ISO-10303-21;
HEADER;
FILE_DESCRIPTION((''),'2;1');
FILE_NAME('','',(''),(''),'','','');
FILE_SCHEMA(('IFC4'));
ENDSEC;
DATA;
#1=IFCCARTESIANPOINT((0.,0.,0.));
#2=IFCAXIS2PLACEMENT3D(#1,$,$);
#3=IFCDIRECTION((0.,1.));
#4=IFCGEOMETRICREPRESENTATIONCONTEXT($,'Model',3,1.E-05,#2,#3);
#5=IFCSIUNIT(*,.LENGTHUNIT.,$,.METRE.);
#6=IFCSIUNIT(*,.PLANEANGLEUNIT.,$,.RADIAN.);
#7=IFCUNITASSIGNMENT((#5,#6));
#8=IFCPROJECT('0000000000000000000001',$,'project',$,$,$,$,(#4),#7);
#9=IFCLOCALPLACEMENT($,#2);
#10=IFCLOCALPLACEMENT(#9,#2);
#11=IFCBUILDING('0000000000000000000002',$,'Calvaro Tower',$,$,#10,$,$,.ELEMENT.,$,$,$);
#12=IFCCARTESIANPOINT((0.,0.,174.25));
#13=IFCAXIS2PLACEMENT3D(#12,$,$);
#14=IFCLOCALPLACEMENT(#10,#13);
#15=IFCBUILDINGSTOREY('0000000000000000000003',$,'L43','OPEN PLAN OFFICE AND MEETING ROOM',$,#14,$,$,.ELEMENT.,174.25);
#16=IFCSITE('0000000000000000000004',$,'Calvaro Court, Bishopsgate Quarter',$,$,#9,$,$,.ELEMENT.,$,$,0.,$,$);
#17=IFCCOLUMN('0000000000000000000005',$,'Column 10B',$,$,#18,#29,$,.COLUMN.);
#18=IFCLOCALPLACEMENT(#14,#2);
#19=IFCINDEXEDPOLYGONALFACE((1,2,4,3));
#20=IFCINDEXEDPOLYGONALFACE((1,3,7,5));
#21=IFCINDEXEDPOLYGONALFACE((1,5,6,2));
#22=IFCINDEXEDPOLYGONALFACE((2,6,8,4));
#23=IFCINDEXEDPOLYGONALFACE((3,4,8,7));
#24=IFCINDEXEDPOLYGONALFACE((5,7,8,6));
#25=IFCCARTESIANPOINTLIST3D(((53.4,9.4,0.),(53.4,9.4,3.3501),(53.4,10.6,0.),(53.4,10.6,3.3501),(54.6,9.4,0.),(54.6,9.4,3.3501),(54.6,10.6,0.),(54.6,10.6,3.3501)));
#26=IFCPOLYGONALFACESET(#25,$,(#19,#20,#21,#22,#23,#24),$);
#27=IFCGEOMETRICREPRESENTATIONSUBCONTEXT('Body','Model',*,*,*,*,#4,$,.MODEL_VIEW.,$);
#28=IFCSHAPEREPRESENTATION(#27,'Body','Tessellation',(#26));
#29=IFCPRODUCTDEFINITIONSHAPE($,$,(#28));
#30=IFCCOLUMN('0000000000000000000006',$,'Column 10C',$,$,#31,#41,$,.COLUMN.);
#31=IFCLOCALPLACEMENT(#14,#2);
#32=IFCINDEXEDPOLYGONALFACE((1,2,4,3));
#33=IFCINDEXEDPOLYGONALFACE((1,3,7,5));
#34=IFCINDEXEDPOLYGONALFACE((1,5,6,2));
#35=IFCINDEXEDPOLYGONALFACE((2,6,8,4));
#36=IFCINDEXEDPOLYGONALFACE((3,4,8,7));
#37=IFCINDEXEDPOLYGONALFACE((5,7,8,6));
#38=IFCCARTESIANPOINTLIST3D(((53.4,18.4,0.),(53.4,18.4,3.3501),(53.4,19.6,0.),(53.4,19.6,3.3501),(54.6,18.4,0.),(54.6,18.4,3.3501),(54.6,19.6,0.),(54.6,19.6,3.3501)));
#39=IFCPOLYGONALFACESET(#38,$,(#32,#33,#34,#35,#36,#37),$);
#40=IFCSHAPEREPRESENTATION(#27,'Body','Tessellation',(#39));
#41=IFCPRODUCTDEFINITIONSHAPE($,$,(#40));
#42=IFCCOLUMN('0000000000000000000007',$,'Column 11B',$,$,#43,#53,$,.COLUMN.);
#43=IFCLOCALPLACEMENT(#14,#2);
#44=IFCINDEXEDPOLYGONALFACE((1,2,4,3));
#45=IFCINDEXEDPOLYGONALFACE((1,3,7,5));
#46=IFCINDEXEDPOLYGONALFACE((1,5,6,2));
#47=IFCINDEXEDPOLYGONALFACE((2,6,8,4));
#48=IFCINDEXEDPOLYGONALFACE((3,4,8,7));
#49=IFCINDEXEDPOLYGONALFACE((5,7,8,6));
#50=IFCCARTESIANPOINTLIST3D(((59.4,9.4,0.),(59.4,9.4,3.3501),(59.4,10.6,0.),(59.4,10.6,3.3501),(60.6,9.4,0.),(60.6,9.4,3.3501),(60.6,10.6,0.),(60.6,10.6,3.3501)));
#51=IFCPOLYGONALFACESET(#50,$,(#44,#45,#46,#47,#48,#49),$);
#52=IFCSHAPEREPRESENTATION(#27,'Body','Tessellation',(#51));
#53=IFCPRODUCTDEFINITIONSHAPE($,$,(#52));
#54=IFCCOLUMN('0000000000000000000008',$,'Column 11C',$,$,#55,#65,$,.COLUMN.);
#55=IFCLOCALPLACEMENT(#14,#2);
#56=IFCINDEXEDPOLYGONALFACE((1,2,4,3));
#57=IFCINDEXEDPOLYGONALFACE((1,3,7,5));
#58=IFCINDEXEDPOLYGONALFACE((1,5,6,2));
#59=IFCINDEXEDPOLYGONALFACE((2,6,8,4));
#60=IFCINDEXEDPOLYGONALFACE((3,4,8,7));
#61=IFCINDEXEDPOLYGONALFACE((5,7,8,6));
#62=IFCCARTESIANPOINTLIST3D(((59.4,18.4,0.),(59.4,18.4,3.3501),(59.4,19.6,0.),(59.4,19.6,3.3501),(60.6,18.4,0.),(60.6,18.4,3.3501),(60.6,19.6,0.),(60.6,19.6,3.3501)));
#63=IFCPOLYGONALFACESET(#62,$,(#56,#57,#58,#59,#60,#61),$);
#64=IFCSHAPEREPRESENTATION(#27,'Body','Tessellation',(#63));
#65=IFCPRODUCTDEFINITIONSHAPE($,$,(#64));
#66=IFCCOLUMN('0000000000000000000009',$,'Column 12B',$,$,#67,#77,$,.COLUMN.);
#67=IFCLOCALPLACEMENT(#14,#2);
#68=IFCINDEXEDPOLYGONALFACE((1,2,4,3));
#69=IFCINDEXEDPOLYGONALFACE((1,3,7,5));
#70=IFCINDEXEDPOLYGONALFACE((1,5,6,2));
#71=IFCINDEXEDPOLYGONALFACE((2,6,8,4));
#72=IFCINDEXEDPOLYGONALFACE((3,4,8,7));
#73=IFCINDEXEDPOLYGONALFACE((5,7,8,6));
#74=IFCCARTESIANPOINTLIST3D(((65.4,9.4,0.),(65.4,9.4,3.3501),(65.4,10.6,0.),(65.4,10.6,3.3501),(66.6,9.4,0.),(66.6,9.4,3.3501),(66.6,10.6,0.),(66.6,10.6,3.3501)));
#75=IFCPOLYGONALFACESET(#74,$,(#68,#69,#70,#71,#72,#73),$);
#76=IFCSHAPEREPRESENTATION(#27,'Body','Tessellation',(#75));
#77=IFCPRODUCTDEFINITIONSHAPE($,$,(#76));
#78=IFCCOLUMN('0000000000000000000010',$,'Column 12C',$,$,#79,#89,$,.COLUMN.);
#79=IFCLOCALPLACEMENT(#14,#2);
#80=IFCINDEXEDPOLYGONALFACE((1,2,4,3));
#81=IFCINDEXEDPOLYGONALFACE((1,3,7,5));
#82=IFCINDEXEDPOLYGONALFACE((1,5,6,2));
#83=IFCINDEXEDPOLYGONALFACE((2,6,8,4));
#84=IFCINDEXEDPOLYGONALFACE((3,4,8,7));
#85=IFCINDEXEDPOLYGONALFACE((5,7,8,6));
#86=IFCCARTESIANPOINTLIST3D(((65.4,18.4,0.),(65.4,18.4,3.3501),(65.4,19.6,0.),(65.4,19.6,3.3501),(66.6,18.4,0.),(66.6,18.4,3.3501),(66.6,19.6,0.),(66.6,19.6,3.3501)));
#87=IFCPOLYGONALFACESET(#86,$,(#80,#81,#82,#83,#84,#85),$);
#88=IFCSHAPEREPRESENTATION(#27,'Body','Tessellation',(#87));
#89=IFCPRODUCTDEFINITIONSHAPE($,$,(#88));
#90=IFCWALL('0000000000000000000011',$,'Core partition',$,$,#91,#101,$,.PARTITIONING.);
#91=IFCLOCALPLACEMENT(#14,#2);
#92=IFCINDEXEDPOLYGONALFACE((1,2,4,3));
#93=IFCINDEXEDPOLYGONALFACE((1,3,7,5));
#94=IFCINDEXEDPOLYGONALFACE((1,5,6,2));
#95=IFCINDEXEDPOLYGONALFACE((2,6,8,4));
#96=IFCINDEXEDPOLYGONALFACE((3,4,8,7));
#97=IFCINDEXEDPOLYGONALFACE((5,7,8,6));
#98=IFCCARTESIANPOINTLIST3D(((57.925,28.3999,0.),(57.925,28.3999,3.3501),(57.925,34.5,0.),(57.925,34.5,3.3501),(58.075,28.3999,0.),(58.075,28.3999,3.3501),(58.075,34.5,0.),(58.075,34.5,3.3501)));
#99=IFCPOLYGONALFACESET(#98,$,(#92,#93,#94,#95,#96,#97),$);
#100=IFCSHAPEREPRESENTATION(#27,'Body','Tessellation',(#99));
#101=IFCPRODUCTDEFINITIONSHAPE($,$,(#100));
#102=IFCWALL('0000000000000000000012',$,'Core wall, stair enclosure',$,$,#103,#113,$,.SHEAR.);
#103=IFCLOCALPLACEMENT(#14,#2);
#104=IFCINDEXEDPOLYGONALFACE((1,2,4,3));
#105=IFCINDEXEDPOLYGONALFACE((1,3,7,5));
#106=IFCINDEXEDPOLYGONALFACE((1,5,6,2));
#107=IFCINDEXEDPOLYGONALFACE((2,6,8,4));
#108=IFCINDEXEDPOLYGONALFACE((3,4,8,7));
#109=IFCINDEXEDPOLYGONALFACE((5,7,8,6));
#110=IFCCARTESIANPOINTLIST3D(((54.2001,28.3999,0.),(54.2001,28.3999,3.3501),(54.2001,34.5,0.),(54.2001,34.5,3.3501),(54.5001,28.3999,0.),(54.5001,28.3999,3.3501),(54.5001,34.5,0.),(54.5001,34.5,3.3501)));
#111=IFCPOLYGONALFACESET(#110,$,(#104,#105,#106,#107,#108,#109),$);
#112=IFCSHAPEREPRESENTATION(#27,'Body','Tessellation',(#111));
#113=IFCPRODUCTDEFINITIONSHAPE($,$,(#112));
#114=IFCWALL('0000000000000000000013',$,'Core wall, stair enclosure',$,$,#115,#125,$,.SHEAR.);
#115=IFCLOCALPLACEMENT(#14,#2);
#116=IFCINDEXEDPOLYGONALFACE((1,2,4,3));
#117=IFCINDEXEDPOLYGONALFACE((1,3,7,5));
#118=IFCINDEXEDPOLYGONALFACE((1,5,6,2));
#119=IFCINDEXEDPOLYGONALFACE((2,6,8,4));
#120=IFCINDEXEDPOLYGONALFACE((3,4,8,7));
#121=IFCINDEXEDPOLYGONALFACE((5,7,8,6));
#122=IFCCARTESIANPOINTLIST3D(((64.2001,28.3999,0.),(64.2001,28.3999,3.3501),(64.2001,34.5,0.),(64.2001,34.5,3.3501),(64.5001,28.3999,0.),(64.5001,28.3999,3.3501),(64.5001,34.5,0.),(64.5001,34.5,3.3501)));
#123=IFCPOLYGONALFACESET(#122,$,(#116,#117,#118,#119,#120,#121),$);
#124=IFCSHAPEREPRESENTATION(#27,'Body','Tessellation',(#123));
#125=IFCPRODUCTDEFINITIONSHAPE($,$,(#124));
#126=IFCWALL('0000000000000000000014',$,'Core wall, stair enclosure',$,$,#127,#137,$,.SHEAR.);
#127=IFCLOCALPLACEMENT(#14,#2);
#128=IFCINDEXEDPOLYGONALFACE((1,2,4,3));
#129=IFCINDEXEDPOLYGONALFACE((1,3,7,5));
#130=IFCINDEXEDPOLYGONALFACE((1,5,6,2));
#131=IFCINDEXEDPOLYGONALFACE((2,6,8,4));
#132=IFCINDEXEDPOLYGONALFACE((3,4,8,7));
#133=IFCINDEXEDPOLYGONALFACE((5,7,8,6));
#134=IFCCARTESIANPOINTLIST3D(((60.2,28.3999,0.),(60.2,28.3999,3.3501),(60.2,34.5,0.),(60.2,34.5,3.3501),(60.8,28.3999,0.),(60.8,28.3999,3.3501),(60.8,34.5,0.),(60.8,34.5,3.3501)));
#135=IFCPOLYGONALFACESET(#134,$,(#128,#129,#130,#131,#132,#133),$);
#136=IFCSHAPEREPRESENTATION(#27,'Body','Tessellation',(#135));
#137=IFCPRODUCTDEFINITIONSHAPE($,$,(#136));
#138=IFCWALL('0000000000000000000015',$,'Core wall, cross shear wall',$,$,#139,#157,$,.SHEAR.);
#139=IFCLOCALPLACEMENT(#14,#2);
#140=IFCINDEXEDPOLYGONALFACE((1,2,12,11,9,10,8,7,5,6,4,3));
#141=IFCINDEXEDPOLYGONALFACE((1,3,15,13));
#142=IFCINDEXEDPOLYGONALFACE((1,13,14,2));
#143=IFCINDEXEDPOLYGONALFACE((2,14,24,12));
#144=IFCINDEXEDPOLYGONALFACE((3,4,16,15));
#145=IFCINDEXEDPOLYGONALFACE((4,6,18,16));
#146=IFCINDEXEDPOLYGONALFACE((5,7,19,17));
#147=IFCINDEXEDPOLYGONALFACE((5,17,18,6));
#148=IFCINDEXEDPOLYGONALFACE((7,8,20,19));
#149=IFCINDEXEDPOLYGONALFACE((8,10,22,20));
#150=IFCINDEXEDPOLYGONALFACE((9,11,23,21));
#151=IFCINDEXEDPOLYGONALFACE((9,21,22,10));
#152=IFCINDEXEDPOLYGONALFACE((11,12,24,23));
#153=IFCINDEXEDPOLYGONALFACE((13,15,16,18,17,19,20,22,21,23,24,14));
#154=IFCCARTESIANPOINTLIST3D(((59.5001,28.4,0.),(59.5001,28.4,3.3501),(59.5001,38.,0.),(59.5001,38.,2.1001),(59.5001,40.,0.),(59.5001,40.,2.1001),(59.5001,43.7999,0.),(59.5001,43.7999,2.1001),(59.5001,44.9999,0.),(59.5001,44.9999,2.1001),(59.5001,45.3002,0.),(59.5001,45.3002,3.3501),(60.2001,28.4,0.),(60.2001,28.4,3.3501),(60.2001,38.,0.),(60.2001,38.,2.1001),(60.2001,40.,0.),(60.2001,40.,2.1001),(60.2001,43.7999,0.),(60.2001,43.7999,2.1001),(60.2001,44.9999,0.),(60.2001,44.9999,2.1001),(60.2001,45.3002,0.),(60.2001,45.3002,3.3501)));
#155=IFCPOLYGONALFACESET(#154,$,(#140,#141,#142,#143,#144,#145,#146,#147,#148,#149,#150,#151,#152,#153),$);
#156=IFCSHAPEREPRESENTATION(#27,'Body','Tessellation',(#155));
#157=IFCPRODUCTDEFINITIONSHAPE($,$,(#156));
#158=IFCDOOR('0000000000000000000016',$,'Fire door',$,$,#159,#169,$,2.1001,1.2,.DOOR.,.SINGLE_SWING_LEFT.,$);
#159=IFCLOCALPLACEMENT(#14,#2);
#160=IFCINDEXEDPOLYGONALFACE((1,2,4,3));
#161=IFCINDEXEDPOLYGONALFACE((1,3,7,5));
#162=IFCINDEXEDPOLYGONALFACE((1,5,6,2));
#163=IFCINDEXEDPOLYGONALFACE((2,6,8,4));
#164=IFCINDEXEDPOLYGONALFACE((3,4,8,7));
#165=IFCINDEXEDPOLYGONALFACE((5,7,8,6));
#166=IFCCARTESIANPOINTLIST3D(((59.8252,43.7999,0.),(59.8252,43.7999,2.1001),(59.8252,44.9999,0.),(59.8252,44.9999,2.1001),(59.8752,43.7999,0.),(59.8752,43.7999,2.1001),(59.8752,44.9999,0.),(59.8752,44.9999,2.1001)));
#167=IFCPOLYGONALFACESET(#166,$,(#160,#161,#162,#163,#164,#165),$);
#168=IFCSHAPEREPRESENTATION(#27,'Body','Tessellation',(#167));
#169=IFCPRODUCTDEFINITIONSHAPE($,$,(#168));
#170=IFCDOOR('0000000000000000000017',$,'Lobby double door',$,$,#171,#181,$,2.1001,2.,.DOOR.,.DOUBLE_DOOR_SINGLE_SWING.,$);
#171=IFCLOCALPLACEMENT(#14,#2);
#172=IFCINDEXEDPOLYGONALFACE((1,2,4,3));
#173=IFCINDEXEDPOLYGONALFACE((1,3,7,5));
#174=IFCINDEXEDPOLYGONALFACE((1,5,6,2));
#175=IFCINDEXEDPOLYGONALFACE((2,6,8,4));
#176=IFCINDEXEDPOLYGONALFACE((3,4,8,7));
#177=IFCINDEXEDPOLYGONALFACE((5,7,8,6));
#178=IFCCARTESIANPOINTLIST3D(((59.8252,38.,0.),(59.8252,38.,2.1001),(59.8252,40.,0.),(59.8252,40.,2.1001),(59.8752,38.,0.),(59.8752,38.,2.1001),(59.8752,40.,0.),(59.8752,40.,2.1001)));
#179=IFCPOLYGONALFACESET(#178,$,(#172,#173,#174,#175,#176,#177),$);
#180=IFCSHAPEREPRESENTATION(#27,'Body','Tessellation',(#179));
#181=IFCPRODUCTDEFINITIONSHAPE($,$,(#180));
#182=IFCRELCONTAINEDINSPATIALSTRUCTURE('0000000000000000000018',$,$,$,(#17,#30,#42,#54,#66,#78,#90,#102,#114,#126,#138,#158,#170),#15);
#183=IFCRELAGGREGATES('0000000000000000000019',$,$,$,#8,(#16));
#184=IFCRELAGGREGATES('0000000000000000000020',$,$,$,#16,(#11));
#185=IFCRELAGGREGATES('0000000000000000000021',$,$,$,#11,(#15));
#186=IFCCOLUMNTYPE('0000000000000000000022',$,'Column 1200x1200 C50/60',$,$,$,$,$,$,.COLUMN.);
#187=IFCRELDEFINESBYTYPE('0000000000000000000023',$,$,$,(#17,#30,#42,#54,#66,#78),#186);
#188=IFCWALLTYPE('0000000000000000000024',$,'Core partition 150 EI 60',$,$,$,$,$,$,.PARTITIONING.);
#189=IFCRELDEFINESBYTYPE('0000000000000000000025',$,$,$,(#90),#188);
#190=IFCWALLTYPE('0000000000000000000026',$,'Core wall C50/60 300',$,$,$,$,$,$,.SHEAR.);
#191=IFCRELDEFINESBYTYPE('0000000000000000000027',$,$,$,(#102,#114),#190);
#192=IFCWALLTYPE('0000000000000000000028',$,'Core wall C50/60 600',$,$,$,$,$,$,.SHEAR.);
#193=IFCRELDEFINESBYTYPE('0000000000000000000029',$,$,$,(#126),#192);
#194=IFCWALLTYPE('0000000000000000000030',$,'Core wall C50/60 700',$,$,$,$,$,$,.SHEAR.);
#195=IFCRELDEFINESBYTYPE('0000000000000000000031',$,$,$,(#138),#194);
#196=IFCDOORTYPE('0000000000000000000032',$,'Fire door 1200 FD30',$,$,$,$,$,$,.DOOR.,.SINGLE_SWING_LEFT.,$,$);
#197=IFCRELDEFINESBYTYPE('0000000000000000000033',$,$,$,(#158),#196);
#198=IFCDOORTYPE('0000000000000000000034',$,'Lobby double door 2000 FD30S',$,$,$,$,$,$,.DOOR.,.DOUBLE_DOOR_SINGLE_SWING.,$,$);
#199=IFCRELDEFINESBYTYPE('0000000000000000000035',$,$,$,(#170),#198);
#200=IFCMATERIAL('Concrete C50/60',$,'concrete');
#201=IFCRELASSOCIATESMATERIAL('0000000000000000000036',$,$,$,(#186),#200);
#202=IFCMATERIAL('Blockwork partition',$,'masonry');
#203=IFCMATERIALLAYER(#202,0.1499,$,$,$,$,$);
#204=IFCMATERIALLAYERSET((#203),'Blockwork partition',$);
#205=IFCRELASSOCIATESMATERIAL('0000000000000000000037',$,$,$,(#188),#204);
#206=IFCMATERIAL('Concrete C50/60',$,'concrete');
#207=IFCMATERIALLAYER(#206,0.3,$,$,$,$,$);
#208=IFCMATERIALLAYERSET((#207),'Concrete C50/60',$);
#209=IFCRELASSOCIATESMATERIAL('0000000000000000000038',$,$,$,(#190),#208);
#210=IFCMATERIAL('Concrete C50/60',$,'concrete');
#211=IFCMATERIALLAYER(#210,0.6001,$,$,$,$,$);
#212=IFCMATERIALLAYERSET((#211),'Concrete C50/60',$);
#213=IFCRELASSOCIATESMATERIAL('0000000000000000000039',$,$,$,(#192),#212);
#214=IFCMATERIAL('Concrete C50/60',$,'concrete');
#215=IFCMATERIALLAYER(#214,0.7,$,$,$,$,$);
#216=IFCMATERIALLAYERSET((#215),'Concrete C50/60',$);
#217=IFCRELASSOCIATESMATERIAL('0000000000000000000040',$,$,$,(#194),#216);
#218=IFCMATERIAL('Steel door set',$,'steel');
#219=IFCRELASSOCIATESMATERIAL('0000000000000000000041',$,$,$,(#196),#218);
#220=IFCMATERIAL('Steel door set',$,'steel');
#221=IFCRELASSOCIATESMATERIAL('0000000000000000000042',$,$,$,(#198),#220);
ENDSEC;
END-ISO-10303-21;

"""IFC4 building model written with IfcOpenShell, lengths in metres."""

from ifc_helpers import new_model, si_unit, direction, frame, frame_2d, origin, origin_2d, place, context, subcontext, project, spatial, rectangle, extrude, material, layer, layer_set, material_profile, profile_set, type_object, element, fill, save


model = new_model("IFC4")

# Units and contexts
model_context = context("Model", 3, precision=1e-05, world=origin(), true_north=direction((0.0, 1.0)))
body_context = subcontext(model_context, "Body", "Model", "MODEL_VIEW")
ifc_project = project(units=[si_unit("LENGTHUNIT", "METRE"), si_unit("PLANEANGLEUNIT", "RADIAN")], contexts=[model_context])

# Site, building, storey
site_placement = place(None, origin())
site = spatial("IfcSite", under=ifc_project, at=site_placement, Name="Calvaro Court, Bishopsgate Quarter", CompositionType="ELEMENT", RefElevation=0.0)
building_placement = place(site_placement, origin())
building = spatial("IfcBuilding", under=site, at=building_placement, Name="Calvaro Tower", CompositionType="ELEMENT")
storey_placement = place(building_placement, frame((0.0, 0.0, 174.25)))
storey = spatial("IfcBuildingStorey", under=building, at=storey_placement, Name="L43", Description="OPEN PLAN OFFICE AND MEETING ROOM", CompositionType="ELEMENT", Elevation=174.25)

# Columns
ifc_material_1 = material(Name="Concrete C50/60", Category="concrete")
ifc_material_profile = material_profile(ifc_material_1, rectangle(XDim=1.2, YDim=1.2, at=origin_2d()), Name="RC 1200x1200")
ifc_profile_set = profile_set([ifc_material_profile], Name="Concrete C50/60")
column_type = type_object("IfcColumnType", Name="Column 1200x1200 C50/60", PredefinedType="COLUMN", material=ifc_profile_set)
for number, where, z_axis, x_axis, name in (
    (1, (54.0, 10.0, 0.0), (0.0, 0.0, 1.0), (1.0, 0.0, 0.0), "Column 10B"),
    (2, (54.0, 19.0, 0.0), (0.0, 0.0, 1.0), (1.0, 0.0, 0.0), "Column 10C"),
    (3, (60.0, 10.0, 0.0), (0.0, 0.0, 1.0), (1.0, 0.0, 0.0), "Column 11B"),
    (4, (60.0, 19.0, 0.0), (0.0, 0.0, 1.0), (1.0, 0.0, 0.0), "Column 11C"),
    (5, (66.0, 10.0, 0.0), (0.0, 0.0, 1.0), (1.0, 0.0, 0.0), "Column 12B"),
    (6, (66.0, 19.0, 0.0), (0.0, 0.0, 1.0), (1.0, 0.0, 0.0), "Column 12C"),
):
    element("IfcColumn", number, at=place(storey_placement, frame(where, z_axis=z_axis, x_axis=x_axis)), inside=storey, type_object=column_type, Name=name, PredefinedType="COLUMN", context=body_context, shape_type="SweptSolid", body=[
        extrude(rectangle(XDim=1.2, YDim=1.2, at=origin_2d()), origin(), (0.0, 0.0, 1.0), 3.3501),
    ])

# Walls
ifc_material_2 = material(Name="Blockwork partition", Category="masonry")
ifc_layer_1 = layer(ifc_material_2, 0.1499)
ifc_layer_set_1 = layer_set([ifc_layer_1], Name="Blockwork partition")
wall_type_1 = type_object("IfcWallType", Name="Core partition 150 EI 60", PredefinedType="PARTITIONING", material=ifc_layer_set_1)
wall_1_placement = place(storey_placement, frame((58.0, 28.3999, 0.0), z_axis=(0.0, 0.0, 1.0), x_axis=(0.0, 1.0, 0.0)))
element("IfcWall", 7, at=wall_1_placement, inside=storey, type_object=wall_type_1, Name="Core partition", PredefinedType="PARTITIONING", context=body_context, shape_type="SweptSolid", body=[
    extrude(rectangle(XDim=6.1001, YDim=0.1499, at=frame_2d((3.05, 0.0))), origin(), (0.0, 0.0, 1.0), 3.3501),
])
ifc_material_3 = material(Name="Concrete C50/60", Category="concrete")
ifc_layer_2 = layer(ifc_material_3, 0.3)
ifc_layer_set_2 = layer_set([ifc_layer_2], Name="Concrete C50/60")
wall_type_2 = type_object("IfcWallType", Name="Core wall C50/60 300", PredefinedType="SHEAR", material=ifc_layer_set_2)
for number, where, z_axis, x_axis, name in (
    (8, (54.3501, 28.3999, 0.0), (0.0, 0.0, 1.0), (0.0, 1.0, 0.0), "Core wall, stair enclosure"),
    (9, (64.3501, 28.3999, 0.0), (0.0, 0.0, 1.0), (0.0, 1.0, 0.0), "Core wall, stair enclosure"),
):
    element("IfcWall", number, at=place(storey_placement, frame(where, z_axis=z_axis, x_axis=x_axis)), inside=storey, type_object=wall_type_2, Name=name, PredefinedType="SHEAR", context=body_context, shape_type="SweptSolid", body=[
        extrude(rectangle(XDim=6.1001, YDim=0.3, at=frame_2d((3.05, 0.0))), origin(), (0.0, 0.0, 1.0), 3.3501),
    ])
ifc_material_4 = material(Name="Concrete C50/60", Category="concrete")
ifc_layer_3 = layer(ifc_material_4, 0.6001)
ifc_layer_set_3 = layer_set([ifc_layer_3], Name="Concrete C50/60")
wall_type_3 = type_object("IfcWallType", Name="Core wall C50/60 600", PredefinedType="SHEAR", material=ifc_layer_set_3)
wall_2_placement = place(storey_placement, frame((60.5, 28.3999, 0.0), z_axis=(0.0, 0.0, 1.0), x_axis=(0.0, 1.0, 0.0)))
element("IfcWall", 10, at=wall_2_placement, inside=storey, type_object=wall_type_3, Name="Core wall, stair enclosure", PredefinedType="SHEAR", context=body_context, shape_type="SweptSolid", body=[
    extrude(rectangle(XDim=6.1001, YDim=0.6001, at=frame_2d((3.05, 0.0))), origin(), (0.0, 0.0, 1.0), 3.3501),
])

# Wall, openings, doors
ifc_material_5 = material(Name="Concrete C50/60", Category="concrete")
ifc_layer_4 = layer(ifc_material_5, 0.7)
ifc_layer_set_4 = layer_set([ifc_layer_4], Name="Concrete C50/60")
wall_type_4 = type_object("IfcWallType", Name="Core wall C50/60 700", PredefinedType="SHEAR", material=ifc_layer_set_4)
wall_3_placement = place(storey_placement, frame((59.8501, 28.3999, 0.0), z_axis=(0.0, 0.0, 1.0), x_axis=(0.0, 1.0, 0.0)))
wall_3 = element("IfcWall", 11, at=wall_3_placement, inside=storey, type_object=wall_type_4, Name="Core wall, cross shear wall", PredefinedType="SHEAR", context=body_context, shape_type="SweptSolid", body=[
    extrude(rectangle(XDim=16.9001, YDim=0.7, at=frame_2d((8.4502, 0.0))), origin(), (0.0, 0.0, 1.0), 3.3501),
])
opening_1_placement = place(wall_3_placement, frame((9.6001, 0.0, 0.0)))
opening_1 = element("IfcOpeningElement", 12, at=opening_1_placement, cuts=wall_3, PredefinedType="OPENING", context=body_context, shape_type="SweptSolid", body=[
    extrude(rectangle(XDim=2.0, YDim=2.1001, at=frame_2d((1.0, 1.05))), frame((0.0, 0.3599, 0.0), z_axis=(0.0, -1.0, 0.0), x_axis=(1.0, 0.0, 0.0)), (0.0, 0.0, 1.0), 0.72),
])
opening_2_placement = place(wall_3_placement, frame((15.3999, 0.0, 0.0)))
opening_2 = element("IfcOpeningElement", 13, at=opening_2_placement, cuts=wall_3, PredefinedType="OPENING", context=body_context, shape_type="SweptSolid", body=[
    extrude(rectangle(XDim=1.2, YDim=2.1001, at=frame_2d((0.6001, 1.05))), frame((0.0, 0.3599, 0.0), z_axis=(0.0, -1.0, 0.0), x_axis=(1.0, 0.0, 0.0)), (0.0, 0.0, 1.0), 0.72),
])
ifc_material_6 = material(Name="Steel door set", Category="steel")
door_type_1 = type_object("IfcDoorType", Name="Fire door 1200 FD30", OperationType="SINGLE_SWING_LEFT", PredefinedType="DOOR", material=ifc_material_6)
door_1_placement = place(opening_2_placement, origin())
door_1 = element("IfcDoor", 14, at=door_1_placement, inside=storey, type_object=door_type_1, Name="Fire door", OperationType="SINGLE_SWING_LEFT", OverallHeight=2.1001, OverallWidth=1.2, PredefinedType="DOOR", context=body_context, shape_type="SweptSolid", body=[
    extrude(rectangle(XDim=1.2, YDim=2.1001, at=frame_2d((0.6001, 1.05))), frame((0.0, 0.0249, 0.0), z_axis=(0.0, -1.0, 0.0), x_axis=(1.0, 0.0, 0.0)), (0.0, 0.0, 1.0), 0.05),
])
fill(opening_2, door_1)
ifc_material_7 = material(Name="Steel door set", Category="steel")
door_type_2 = type_object("IfcDoorType", Name="Lobby double door 2000 FD30S", OperationType="DOUBLE_DOOR_SINGLE_SWING", PredefinedType="DOOR", material=ifc_material_7)
door_2_placement = place(opening_1_placement, origin())
door_2 = element("IfcDoor", 15, at=door_2_placement, inside=storey, type_object=door_type_2, Name="Lobby double door", OperationType="DOUBLE_DOOR_SINGLE_SWING", OverallHeight=2.1001, OverallWidth=2.0, PredefinedType="DOOR", context=body_context, shape_type="SweptSolid", body=[
    extrude(rectangle(XDim=2.0, YDim=2.1001, at=frame_2d((1.0, 1.05))), frame((0.0, 0.0249, 0.0), z_axis=(0.0, -1.0, 0.0), x_axis=(1.0, 0.0, 0.0)), (0.0, 0.0, 1.0), 0.05),
])
fill(opening_1, door_2)

save(model, "model.ifc")
